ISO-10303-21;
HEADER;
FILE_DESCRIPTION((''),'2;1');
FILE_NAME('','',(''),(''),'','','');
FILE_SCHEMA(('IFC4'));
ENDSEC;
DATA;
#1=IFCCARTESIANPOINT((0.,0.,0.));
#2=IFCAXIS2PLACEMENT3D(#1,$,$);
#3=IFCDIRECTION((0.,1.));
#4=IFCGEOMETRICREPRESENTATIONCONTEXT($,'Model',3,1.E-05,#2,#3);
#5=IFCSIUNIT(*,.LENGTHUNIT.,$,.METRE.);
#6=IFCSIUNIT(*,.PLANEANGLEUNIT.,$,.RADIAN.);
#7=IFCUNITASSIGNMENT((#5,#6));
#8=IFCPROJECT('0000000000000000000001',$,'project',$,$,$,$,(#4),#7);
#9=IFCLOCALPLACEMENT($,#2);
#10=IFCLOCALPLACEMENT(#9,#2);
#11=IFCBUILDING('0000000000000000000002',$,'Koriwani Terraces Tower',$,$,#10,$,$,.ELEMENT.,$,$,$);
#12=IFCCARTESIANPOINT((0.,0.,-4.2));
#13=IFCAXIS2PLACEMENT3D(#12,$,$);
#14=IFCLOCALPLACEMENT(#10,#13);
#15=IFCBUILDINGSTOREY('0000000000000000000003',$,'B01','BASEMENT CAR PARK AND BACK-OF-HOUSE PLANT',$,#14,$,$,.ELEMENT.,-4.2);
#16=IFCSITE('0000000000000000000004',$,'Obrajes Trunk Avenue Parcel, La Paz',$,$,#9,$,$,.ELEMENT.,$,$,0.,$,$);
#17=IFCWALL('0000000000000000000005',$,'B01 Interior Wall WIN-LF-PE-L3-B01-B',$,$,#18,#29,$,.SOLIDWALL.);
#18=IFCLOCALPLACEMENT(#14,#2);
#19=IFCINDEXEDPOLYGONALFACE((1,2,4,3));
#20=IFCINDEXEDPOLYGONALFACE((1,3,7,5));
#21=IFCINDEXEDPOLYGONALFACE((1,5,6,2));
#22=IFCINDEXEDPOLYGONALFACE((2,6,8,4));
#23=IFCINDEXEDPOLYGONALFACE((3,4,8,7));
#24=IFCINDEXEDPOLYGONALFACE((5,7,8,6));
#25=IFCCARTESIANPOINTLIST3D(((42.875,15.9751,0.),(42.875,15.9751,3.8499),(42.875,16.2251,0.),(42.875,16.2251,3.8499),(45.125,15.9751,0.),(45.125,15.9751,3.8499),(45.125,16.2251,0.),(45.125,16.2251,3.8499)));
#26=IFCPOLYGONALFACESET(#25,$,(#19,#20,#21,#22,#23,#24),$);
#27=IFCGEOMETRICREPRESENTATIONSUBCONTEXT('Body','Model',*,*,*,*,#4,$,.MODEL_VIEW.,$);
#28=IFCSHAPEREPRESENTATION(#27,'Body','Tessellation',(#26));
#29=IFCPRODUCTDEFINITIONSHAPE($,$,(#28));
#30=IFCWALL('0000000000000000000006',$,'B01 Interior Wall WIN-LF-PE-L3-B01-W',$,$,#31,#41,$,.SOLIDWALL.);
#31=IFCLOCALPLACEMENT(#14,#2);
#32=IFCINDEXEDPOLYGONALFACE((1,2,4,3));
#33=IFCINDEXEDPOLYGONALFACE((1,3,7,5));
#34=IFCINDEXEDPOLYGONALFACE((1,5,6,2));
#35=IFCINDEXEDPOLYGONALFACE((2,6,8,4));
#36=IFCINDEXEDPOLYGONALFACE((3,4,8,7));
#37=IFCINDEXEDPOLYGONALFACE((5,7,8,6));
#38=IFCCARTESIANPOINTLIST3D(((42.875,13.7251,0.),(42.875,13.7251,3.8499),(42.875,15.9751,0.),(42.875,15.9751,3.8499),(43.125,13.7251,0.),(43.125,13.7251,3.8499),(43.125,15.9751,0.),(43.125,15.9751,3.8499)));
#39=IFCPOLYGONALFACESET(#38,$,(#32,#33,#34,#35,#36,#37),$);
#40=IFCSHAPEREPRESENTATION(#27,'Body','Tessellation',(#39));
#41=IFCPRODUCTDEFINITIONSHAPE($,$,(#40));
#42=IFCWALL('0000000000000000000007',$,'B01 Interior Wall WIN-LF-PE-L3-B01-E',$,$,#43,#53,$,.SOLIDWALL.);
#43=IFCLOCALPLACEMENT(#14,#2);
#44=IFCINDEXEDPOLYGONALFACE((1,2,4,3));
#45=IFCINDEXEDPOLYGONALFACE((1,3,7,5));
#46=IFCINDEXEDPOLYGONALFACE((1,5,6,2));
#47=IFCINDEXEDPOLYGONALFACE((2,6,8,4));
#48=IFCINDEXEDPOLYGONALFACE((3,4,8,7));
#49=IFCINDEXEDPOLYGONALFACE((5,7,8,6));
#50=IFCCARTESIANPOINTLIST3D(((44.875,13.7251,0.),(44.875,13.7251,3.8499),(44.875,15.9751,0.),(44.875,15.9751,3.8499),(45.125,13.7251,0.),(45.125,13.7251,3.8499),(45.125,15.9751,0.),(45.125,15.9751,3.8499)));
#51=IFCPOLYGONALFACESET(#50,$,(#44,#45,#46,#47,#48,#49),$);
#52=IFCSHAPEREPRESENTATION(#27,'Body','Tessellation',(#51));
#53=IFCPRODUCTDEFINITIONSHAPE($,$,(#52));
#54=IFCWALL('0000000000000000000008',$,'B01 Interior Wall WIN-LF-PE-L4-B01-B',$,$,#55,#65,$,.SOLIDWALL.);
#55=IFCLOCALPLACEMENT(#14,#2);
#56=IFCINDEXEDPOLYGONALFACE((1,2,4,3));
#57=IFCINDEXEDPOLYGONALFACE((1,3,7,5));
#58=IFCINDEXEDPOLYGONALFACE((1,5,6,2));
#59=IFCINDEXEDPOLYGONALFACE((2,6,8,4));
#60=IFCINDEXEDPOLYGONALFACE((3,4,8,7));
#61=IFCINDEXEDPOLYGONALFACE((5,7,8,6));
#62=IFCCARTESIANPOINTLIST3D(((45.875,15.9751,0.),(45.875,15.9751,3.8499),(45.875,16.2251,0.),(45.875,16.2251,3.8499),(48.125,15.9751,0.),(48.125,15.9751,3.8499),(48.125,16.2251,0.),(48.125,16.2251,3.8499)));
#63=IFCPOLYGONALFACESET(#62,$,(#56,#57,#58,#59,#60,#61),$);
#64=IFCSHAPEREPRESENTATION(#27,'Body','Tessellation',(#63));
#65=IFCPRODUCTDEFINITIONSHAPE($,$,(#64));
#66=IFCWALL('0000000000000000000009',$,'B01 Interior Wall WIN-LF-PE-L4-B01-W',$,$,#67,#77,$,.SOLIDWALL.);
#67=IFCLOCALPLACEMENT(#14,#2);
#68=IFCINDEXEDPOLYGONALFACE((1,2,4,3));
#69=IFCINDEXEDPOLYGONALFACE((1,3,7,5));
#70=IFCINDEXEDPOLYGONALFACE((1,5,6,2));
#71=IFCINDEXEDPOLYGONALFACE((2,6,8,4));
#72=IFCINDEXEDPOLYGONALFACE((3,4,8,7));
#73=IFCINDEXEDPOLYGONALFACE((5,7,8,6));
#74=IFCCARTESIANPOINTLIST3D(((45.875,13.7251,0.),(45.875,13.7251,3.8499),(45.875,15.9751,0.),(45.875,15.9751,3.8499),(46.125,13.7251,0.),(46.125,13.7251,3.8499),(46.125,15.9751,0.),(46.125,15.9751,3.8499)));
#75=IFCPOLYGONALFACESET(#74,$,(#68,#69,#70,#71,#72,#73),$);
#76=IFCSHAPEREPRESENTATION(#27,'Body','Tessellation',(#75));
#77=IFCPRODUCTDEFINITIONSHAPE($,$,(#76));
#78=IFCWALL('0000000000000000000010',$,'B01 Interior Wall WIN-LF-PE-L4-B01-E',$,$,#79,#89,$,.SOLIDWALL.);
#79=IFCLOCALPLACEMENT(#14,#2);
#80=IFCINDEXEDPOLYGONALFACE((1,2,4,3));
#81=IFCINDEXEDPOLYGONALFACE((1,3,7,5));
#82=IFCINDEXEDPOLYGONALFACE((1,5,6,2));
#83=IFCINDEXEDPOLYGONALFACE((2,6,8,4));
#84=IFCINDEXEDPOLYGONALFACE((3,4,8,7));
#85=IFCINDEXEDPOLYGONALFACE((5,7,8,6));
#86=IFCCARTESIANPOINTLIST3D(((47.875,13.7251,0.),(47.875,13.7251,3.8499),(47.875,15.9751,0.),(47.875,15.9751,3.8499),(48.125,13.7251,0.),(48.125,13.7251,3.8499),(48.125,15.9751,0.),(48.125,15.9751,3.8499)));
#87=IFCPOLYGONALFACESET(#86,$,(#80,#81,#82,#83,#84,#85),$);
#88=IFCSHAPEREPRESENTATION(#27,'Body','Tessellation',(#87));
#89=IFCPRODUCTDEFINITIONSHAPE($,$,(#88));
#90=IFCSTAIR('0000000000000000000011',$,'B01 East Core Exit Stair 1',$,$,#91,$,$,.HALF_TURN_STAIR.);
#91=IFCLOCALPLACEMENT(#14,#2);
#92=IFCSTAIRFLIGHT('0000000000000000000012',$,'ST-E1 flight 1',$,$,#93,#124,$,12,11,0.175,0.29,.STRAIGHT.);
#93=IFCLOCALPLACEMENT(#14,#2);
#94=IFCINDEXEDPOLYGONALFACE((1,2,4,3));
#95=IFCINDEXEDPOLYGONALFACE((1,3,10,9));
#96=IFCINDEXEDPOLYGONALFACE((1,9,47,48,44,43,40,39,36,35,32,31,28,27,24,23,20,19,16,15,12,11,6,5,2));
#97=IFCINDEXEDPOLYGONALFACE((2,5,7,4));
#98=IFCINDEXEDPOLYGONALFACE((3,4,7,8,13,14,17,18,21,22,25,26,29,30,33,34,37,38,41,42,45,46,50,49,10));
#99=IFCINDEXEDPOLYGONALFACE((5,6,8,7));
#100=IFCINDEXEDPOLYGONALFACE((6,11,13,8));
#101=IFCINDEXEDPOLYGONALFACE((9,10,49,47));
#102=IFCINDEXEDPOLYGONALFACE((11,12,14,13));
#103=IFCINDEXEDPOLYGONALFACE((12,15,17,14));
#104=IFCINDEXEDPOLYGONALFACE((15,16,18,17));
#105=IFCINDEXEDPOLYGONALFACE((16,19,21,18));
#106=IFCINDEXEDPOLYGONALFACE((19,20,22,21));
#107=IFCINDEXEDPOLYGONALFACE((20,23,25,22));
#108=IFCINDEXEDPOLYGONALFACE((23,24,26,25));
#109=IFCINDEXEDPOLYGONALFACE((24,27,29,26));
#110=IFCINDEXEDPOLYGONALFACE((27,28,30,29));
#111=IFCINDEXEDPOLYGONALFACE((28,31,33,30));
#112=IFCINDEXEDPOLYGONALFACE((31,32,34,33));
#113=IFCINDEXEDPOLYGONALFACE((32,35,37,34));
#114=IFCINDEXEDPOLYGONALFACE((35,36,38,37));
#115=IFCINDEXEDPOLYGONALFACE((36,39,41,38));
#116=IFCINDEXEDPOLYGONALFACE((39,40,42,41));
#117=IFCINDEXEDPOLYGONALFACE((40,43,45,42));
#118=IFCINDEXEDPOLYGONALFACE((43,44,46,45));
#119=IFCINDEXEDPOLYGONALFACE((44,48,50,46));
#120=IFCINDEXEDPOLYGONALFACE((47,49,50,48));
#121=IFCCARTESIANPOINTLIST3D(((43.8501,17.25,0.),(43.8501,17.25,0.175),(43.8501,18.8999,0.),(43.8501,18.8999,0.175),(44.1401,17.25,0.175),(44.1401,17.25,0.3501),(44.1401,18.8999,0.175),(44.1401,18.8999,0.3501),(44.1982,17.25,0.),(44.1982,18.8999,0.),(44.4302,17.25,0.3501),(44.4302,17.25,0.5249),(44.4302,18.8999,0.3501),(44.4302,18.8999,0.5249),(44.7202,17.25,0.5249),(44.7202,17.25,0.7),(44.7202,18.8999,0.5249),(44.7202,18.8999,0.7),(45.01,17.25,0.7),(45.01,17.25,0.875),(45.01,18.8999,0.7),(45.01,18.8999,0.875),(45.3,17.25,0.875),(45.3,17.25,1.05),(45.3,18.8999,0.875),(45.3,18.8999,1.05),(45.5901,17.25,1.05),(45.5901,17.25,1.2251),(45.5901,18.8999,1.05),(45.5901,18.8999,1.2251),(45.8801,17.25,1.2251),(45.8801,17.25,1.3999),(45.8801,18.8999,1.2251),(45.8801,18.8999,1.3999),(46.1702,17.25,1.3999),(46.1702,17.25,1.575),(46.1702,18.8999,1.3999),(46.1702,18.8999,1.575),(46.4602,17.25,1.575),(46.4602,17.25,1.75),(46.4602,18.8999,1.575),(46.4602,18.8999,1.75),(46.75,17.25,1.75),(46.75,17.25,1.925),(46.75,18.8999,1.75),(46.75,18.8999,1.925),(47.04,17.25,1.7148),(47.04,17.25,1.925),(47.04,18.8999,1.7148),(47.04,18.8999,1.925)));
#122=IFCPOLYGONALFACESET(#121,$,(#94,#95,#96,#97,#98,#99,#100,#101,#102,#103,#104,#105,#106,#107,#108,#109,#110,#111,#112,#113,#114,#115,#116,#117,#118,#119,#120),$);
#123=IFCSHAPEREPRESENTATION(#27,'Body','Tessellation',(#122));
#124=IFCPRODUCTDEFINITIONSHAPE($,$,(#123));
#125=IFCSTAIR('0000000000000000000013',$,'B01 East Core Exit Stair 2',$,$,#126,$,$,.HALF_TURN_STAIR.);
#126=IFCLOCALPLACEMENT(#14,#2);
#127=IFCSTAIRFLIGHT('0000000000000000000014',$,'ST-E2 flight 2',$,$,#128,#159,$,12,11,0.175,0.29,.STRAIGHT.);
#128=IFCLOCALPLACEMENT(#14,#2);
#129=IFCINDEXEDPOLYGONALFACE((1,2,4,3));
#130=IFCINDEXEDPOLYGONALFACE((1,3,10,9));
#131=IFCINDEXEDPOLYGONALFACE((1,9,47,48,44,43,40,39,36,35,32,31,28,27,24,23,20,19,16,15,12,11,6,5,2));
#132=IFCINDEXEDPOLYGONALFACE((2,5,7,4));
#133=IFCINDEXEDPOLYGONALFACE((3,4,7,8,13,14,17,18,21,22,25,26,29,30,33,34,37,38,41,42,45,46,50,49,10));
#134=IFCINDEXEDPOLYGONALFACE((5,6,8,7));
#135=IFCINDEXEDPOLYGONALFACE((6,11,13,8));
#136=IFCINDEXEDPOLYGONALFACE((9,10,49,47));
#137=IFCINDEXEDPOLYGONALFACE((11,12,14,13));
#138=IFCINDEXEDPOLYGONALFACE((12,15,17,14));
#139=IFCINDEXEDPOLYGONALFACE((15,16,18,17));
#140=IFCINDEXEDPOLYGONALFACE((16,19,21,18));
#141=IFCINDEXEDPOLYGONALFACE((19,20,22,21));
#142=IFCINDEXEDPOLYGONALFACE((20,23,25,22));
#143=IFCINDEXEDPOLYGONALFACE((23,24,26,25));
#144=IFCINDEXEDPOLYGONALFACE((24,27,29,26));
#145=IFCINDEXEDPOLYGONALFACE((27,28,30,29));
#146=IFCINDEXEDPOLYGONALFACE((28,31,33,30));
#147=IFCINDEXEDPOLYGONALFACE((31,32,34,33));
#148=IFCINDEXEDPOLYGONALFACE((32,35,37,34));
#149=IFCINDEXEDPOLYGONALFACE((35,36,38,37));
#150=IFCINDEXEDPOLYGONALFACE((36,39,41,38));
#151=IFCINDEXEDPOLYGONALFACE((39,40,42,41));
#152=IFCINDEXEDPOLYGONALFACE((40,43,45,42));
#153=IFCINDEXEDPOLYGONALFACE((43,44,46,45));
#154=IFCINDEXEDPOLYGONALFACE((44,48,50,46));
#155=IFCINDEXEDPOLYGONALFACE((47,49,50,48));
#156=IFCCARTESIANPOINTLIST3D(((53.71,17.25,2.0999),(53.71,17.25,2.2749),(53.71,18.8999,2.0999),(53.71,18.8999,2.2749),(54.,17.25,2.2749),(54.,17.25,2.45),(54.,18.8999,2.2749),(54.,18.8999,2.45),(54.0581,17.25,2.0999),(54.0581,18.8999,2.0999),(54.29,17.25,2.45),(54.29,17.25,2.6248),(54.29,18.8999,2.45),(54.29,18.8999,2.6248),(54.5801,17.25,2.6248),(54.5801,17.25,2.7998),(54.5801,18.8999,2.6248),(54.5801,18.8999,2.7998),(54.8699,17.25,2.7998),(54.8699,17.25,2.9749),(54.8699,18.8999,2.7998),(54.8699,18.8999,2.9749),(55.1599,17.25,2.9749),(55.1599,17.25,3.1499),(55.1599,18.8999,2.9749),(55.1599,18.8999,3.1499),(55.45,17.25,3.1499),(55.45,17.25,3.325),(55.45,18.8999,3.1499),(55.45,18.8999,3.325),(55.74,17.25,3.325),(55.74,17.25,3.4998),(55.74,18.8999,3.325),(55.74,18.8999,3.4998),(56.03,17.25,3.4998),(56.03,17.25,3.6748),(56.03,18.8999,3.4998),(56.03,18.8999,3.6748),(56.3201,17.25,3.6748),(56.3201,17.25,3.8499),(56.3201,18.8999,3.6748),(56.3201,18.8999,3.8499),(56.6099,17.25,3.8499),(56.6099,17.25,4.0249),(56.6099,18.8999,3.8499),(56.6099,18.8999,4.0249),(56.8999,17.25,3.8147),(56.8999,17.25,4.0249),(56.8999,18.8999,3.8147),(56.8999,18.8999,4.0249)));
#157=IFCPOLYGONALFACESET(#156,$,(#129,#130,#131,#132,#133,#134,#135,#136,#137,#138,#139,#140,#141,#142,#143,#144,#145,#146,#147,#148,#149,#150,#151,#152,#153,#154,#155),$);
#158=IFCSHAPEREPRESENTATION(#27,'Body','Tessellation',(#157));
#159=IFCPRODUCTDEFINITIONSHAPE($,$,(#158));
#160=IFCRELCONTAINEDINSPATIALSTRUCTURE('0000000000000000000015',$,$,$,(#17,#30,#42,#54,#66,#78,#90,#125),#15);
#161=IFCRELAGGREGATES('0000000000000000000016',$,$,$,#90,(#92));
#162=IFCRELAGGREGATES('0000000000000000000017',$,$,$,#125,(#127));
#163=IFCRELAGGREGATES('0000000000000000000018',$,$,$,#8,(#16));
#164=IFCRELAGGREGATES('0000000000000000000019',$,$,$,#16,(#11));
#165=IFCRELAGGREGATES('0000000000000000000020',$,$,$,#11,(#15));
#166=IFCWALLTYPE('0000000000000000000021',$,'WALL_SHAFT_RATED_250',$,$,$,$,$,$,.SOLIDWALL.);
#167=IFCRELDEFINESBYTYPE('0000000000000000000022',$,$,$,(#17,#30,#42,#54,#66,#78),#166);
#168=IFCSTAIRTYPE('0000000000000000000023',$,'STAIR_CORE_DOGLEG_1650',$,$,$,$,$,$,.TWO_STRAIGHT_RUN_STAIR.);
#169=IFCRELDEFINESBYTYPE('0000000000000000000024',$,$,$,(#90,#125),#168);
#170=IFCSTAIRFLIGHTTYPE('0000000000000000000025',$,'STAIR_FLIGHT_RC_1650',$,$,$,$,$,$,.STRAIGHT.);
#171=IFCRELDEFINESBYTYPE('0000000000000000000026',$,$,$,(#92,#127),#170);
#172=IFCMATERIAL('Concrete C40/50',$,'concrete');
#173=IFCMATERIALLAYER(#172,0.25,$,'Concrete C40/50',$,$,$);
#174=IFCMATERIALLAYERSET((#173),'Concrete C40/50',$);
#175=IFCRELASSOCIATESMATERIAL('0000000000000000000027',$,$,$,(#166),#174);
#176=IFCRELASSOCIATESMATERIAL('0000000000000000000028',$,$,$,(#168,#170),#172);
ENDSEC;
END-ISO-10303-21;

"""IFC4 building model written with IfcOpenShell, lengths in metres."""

from ifc_helpers import new_model, si_unit, direction, frame, frame_2d, origin, place, context, subcontext, project, spatial, polyline, rectangle, outline, extrude, material, layer, layer_set, type_object, element, aggregate, save


model = new_model("IFC4")

# Units and contexts
model_context = context("Model", 3, precision=1e-05, world=origin(), true_north=direction((0.0, 1.0)))
body_context = subcontext(model_context, "Body", "Model", "MODEL_VIEW")
ifc_project = project(units=[si_unit("LENGTHUNIT", "METRE"), si_unit("PLANEANGLEUNIT", "RADIAN")], contexts=[model_context])

# Site, building, storey
site_placement = place(None, origin())
site = spatial("IfcSite", under=ifc_project, at=site_placement, Name="Obrajes Trunk Avenue Parcel, La Paz", CompositionType="ELEMENT", RefElevation=0.0)
building_placement = place(site_placement, origin())
building = spatial("IfcBuilding", under=site, at=building_placement, Name="Koriwani Terraces Tower", CompositionType="ELEMENT")
storey_placement = place(building_placement, frame((0.0, 0.0, -4.2)))
storey = spatial("IfcBuildingStorey", under=building, at=storey_placement, Name="B01", Description="BASEMENT CAR PARK AND BACK-OF-HOUSE PLANT", CompositionType="ELEMENT", Elevation=-4.2)

# Shared definitions
ifc_material_1 = material(Name="Concrete C40/50", Category="concrete")

# Shared definitions
ifc_layer_1 = layer(ifc_material_1, 0.25, Name="Concrete C40/50")
ifc_layer_set_1 = layer_set([ifc_layer_1], Name="Concrete C40/50")
wall_type_1 = type_object("IfcWallType", Name="WALL_SHAFT_RATED_250", PredefinedType="SOLIDWALL", material=ifc_layer_set_1)

# Walls
for number, where, z_axis, x_axis, name in (
    (1, (42.875, 16.1001, 0.0), (0.0, 0.0, 1.0), (1.0, 0.0, 0.0), "B01 Interior Wall WIN-LF-PE-L3-B01-B"),
    (2, (43.0, 13.7251, 0.0), (0.0, 0.0, 1.0), (0.0, 1.0, 0.0), "B01 Interior Wall WIN-LF-PE-L3-B01-W"),
    (3, (45.0, 13.7251, 0.0), (0.0, 0.0, 1.0), (0.0, 1.0, 0.0), "B01 Interior Wall WIN-LF-PE-L3-B01-E"),
):
    element("IfcWall", number, at=place(storey_placement, frame(where, z_axis=z_axis, x_axis=x_axis)), inside=storey, type_object=wall_type_1, Name=name, PredefinedType="SOLIDWALL", context=body_context, shape_type="SweptSolid", body=[
        extrude(rectangle(XDim=2.25, YDim=0.25, at=frame_2d((1.125, 0.0))), origin(), (0.0, 0.0, 1.0), 3.8499),
    ])

# Walls
for number, where, z_axis, x_axis, name in (
    (4, (45.875, 16.1001, 0.0), (0.0, 0.0, 1.0), (1.0, 0.0, 0.0), "B01 Interior Wall WIN-LF-PE-L4-B01-B"),
    (5, (46.0, 13.7251, 0.0), (0.0, 0.0, 1.0), (0.0, 1.0, 0.0), "B01 Interior Wall WIN-LF-PE-L4-B01-W"),
    (6, (48.0, 13.7251, 0.0), (0.0, 0.0, 1.0), (0.0, 1.0, 0.0), "B01 Interior Wall WIN-LF-PE-L4-B01-E"),
):
    element("IfcWall", number, at=place(storey_placement, frame(where, z_axis=z_axis, x_axis=x_axis)), inside=storey, type_object=wall_type_1, Name=name, PredefinedType="SOLIDWALL", context=body_context, shape_type="SweptSolid", body=[
        extrude(rectangle(XDim=2.25, YDim=0.25, at=frame_2d((1.125, 0.0))), origin(), (0.0, 0.0, 1.0), 3.8499),
    ])

# Stairs, stair flights
stair_type = type_object("IfcStairType", Name="STAIR_CORE_DOGLEG_1650", PredefinedType="TWO_STRAIGHT_RUN_STAIR", material=ifc_material_1)
stair_1_placement = place(storey_placement, origin())
stair_1 = element("IfcStair", 7, at=stair_1_placement, inside=storey, type_object=stair_type, Name="B01 East Core Exit Stair 1", PredefinedType="HALF_TURN_STAIR")
stair_flight_type = type_object("IfcStairFlightType", Name="STAIR_FLIGHT_RC_1650", PredefinedType="STRAIGHT", material=ifc_material_1)
stair_flight_1_placement = place(storey_placement, frame((43.8501, 18.075, 0.0), z_axis=(0.0, 0.0, 1.0), x_axis=(1.0, 0.0, 0.0)))
stair_flight_1 = element("IfcStairFlight", 8, at=stair_flight_1_placement, type_object=stair_flight_type, Name="ST-E1 flight 1", NumberOfRisers=12, NumberOfTreads=11, PredefinedType="STRAIGHT", RiserHeight=0.175, TreadLength=0.29, context=body_context, shape_type="SweptSolid", body=[
    extrude(outline(polyline([(0.0, 0.0), (0.0, 0.175), (0.29, 0.175), (0.29, 0.3501), (0.5801, 0.3501), (0.5801, 0.5249), (0.8701, 0.5249), (0.8701, 0.7), (1.1599, 0.7), (1.1599, 0.875), (1.45, 0.875), (1.45, 1.05), (1.74, 1.05), (1.74, 1.2251), (2.03, 1.2251), (2.03, 1.3999), (2.3201, 1.3999), (2.3201, 1.575), (2.6101, 1.575), (2.6101, 1.75), (2.8999, 1.75), (2.8999, 1.925), (3.1899, 1.925), (3.1899, 2.1001), (3.1899, 1.7148), (0.3481, 0.0), (0.0, 0.0)])), frame((0.0, 0.825, 0.0), z_axis=(0.0, -1.0, 0.0), x_axis=(1.0, 0.0, 0.0)), (0.0, 0.0, 1.0), 1.6499),
])
aggregate(stair_1, [stair_flight_1])
stair_2_placement = place(storey_placement, origin())
stair_2 = element("IfcStair", 9, at=stair_2_placement, inside=storey, type_object=stair_type, Name="B01 East Core Exit Stair 2", PredefinedType="HALF_TURN_STAIR")
stair_flight_2_placement = place(storey_placement, frame((53.71, 18.075, 2.0999), z_axis=(0.0, 0.0, 1.0), x_axis=(1.0, 0.0, 0.0)))
stair_flight_2 = element("IfcStairFlight", 10, at=stair_flight_2_placement, type_object=stair_flight_type, Name="ST-E2 flight 2", NumberOfRisers=12, NumberOfTreads=11, PredefinedType="STRAIGHT", RiserHeight=0.175, TreadLength=0.29, context=body_context, shape_type="SweptSolid", body=[
    extrude(outline(polyline([(0.0, 0.0), (0.0, 0.175), (0.29, 0.175), (0.29, 0.3501), (0.5801, 0.3501), (0.5801, 0.5249), (0.8701, 0.5249), (0.8701, 0.7), (1.1599, 0.7), (1.1599, 0.875), (1.45, 0.875), (1.45, 1.05), (1.74, 1.05), (1.74, 1.2251), (2.03, 1.2251), (2.03, 1.3999), (2.3201, 1.3999), (2.3201, 1.575), (2.6101, 1.575), (2.6101, 1.75), (2.8999, 1.75), (2.8999, 1.925), (3.1899, 1.925), (3.1899, 2.1001), (3.1899, 1.7148), (0.3481, 0.0), (0.0, 0.0)])), frame((0.0, 0.825, 0.0), z_axis=(0.0, -1.0, 0.0), x_axis=(1.0, 0.0, 0.0)), (0.0, 0.0, 1.0), 1.6499),
])
aggregate(stair_2, [stair_flight_2])

save(model, "model.ifc")
